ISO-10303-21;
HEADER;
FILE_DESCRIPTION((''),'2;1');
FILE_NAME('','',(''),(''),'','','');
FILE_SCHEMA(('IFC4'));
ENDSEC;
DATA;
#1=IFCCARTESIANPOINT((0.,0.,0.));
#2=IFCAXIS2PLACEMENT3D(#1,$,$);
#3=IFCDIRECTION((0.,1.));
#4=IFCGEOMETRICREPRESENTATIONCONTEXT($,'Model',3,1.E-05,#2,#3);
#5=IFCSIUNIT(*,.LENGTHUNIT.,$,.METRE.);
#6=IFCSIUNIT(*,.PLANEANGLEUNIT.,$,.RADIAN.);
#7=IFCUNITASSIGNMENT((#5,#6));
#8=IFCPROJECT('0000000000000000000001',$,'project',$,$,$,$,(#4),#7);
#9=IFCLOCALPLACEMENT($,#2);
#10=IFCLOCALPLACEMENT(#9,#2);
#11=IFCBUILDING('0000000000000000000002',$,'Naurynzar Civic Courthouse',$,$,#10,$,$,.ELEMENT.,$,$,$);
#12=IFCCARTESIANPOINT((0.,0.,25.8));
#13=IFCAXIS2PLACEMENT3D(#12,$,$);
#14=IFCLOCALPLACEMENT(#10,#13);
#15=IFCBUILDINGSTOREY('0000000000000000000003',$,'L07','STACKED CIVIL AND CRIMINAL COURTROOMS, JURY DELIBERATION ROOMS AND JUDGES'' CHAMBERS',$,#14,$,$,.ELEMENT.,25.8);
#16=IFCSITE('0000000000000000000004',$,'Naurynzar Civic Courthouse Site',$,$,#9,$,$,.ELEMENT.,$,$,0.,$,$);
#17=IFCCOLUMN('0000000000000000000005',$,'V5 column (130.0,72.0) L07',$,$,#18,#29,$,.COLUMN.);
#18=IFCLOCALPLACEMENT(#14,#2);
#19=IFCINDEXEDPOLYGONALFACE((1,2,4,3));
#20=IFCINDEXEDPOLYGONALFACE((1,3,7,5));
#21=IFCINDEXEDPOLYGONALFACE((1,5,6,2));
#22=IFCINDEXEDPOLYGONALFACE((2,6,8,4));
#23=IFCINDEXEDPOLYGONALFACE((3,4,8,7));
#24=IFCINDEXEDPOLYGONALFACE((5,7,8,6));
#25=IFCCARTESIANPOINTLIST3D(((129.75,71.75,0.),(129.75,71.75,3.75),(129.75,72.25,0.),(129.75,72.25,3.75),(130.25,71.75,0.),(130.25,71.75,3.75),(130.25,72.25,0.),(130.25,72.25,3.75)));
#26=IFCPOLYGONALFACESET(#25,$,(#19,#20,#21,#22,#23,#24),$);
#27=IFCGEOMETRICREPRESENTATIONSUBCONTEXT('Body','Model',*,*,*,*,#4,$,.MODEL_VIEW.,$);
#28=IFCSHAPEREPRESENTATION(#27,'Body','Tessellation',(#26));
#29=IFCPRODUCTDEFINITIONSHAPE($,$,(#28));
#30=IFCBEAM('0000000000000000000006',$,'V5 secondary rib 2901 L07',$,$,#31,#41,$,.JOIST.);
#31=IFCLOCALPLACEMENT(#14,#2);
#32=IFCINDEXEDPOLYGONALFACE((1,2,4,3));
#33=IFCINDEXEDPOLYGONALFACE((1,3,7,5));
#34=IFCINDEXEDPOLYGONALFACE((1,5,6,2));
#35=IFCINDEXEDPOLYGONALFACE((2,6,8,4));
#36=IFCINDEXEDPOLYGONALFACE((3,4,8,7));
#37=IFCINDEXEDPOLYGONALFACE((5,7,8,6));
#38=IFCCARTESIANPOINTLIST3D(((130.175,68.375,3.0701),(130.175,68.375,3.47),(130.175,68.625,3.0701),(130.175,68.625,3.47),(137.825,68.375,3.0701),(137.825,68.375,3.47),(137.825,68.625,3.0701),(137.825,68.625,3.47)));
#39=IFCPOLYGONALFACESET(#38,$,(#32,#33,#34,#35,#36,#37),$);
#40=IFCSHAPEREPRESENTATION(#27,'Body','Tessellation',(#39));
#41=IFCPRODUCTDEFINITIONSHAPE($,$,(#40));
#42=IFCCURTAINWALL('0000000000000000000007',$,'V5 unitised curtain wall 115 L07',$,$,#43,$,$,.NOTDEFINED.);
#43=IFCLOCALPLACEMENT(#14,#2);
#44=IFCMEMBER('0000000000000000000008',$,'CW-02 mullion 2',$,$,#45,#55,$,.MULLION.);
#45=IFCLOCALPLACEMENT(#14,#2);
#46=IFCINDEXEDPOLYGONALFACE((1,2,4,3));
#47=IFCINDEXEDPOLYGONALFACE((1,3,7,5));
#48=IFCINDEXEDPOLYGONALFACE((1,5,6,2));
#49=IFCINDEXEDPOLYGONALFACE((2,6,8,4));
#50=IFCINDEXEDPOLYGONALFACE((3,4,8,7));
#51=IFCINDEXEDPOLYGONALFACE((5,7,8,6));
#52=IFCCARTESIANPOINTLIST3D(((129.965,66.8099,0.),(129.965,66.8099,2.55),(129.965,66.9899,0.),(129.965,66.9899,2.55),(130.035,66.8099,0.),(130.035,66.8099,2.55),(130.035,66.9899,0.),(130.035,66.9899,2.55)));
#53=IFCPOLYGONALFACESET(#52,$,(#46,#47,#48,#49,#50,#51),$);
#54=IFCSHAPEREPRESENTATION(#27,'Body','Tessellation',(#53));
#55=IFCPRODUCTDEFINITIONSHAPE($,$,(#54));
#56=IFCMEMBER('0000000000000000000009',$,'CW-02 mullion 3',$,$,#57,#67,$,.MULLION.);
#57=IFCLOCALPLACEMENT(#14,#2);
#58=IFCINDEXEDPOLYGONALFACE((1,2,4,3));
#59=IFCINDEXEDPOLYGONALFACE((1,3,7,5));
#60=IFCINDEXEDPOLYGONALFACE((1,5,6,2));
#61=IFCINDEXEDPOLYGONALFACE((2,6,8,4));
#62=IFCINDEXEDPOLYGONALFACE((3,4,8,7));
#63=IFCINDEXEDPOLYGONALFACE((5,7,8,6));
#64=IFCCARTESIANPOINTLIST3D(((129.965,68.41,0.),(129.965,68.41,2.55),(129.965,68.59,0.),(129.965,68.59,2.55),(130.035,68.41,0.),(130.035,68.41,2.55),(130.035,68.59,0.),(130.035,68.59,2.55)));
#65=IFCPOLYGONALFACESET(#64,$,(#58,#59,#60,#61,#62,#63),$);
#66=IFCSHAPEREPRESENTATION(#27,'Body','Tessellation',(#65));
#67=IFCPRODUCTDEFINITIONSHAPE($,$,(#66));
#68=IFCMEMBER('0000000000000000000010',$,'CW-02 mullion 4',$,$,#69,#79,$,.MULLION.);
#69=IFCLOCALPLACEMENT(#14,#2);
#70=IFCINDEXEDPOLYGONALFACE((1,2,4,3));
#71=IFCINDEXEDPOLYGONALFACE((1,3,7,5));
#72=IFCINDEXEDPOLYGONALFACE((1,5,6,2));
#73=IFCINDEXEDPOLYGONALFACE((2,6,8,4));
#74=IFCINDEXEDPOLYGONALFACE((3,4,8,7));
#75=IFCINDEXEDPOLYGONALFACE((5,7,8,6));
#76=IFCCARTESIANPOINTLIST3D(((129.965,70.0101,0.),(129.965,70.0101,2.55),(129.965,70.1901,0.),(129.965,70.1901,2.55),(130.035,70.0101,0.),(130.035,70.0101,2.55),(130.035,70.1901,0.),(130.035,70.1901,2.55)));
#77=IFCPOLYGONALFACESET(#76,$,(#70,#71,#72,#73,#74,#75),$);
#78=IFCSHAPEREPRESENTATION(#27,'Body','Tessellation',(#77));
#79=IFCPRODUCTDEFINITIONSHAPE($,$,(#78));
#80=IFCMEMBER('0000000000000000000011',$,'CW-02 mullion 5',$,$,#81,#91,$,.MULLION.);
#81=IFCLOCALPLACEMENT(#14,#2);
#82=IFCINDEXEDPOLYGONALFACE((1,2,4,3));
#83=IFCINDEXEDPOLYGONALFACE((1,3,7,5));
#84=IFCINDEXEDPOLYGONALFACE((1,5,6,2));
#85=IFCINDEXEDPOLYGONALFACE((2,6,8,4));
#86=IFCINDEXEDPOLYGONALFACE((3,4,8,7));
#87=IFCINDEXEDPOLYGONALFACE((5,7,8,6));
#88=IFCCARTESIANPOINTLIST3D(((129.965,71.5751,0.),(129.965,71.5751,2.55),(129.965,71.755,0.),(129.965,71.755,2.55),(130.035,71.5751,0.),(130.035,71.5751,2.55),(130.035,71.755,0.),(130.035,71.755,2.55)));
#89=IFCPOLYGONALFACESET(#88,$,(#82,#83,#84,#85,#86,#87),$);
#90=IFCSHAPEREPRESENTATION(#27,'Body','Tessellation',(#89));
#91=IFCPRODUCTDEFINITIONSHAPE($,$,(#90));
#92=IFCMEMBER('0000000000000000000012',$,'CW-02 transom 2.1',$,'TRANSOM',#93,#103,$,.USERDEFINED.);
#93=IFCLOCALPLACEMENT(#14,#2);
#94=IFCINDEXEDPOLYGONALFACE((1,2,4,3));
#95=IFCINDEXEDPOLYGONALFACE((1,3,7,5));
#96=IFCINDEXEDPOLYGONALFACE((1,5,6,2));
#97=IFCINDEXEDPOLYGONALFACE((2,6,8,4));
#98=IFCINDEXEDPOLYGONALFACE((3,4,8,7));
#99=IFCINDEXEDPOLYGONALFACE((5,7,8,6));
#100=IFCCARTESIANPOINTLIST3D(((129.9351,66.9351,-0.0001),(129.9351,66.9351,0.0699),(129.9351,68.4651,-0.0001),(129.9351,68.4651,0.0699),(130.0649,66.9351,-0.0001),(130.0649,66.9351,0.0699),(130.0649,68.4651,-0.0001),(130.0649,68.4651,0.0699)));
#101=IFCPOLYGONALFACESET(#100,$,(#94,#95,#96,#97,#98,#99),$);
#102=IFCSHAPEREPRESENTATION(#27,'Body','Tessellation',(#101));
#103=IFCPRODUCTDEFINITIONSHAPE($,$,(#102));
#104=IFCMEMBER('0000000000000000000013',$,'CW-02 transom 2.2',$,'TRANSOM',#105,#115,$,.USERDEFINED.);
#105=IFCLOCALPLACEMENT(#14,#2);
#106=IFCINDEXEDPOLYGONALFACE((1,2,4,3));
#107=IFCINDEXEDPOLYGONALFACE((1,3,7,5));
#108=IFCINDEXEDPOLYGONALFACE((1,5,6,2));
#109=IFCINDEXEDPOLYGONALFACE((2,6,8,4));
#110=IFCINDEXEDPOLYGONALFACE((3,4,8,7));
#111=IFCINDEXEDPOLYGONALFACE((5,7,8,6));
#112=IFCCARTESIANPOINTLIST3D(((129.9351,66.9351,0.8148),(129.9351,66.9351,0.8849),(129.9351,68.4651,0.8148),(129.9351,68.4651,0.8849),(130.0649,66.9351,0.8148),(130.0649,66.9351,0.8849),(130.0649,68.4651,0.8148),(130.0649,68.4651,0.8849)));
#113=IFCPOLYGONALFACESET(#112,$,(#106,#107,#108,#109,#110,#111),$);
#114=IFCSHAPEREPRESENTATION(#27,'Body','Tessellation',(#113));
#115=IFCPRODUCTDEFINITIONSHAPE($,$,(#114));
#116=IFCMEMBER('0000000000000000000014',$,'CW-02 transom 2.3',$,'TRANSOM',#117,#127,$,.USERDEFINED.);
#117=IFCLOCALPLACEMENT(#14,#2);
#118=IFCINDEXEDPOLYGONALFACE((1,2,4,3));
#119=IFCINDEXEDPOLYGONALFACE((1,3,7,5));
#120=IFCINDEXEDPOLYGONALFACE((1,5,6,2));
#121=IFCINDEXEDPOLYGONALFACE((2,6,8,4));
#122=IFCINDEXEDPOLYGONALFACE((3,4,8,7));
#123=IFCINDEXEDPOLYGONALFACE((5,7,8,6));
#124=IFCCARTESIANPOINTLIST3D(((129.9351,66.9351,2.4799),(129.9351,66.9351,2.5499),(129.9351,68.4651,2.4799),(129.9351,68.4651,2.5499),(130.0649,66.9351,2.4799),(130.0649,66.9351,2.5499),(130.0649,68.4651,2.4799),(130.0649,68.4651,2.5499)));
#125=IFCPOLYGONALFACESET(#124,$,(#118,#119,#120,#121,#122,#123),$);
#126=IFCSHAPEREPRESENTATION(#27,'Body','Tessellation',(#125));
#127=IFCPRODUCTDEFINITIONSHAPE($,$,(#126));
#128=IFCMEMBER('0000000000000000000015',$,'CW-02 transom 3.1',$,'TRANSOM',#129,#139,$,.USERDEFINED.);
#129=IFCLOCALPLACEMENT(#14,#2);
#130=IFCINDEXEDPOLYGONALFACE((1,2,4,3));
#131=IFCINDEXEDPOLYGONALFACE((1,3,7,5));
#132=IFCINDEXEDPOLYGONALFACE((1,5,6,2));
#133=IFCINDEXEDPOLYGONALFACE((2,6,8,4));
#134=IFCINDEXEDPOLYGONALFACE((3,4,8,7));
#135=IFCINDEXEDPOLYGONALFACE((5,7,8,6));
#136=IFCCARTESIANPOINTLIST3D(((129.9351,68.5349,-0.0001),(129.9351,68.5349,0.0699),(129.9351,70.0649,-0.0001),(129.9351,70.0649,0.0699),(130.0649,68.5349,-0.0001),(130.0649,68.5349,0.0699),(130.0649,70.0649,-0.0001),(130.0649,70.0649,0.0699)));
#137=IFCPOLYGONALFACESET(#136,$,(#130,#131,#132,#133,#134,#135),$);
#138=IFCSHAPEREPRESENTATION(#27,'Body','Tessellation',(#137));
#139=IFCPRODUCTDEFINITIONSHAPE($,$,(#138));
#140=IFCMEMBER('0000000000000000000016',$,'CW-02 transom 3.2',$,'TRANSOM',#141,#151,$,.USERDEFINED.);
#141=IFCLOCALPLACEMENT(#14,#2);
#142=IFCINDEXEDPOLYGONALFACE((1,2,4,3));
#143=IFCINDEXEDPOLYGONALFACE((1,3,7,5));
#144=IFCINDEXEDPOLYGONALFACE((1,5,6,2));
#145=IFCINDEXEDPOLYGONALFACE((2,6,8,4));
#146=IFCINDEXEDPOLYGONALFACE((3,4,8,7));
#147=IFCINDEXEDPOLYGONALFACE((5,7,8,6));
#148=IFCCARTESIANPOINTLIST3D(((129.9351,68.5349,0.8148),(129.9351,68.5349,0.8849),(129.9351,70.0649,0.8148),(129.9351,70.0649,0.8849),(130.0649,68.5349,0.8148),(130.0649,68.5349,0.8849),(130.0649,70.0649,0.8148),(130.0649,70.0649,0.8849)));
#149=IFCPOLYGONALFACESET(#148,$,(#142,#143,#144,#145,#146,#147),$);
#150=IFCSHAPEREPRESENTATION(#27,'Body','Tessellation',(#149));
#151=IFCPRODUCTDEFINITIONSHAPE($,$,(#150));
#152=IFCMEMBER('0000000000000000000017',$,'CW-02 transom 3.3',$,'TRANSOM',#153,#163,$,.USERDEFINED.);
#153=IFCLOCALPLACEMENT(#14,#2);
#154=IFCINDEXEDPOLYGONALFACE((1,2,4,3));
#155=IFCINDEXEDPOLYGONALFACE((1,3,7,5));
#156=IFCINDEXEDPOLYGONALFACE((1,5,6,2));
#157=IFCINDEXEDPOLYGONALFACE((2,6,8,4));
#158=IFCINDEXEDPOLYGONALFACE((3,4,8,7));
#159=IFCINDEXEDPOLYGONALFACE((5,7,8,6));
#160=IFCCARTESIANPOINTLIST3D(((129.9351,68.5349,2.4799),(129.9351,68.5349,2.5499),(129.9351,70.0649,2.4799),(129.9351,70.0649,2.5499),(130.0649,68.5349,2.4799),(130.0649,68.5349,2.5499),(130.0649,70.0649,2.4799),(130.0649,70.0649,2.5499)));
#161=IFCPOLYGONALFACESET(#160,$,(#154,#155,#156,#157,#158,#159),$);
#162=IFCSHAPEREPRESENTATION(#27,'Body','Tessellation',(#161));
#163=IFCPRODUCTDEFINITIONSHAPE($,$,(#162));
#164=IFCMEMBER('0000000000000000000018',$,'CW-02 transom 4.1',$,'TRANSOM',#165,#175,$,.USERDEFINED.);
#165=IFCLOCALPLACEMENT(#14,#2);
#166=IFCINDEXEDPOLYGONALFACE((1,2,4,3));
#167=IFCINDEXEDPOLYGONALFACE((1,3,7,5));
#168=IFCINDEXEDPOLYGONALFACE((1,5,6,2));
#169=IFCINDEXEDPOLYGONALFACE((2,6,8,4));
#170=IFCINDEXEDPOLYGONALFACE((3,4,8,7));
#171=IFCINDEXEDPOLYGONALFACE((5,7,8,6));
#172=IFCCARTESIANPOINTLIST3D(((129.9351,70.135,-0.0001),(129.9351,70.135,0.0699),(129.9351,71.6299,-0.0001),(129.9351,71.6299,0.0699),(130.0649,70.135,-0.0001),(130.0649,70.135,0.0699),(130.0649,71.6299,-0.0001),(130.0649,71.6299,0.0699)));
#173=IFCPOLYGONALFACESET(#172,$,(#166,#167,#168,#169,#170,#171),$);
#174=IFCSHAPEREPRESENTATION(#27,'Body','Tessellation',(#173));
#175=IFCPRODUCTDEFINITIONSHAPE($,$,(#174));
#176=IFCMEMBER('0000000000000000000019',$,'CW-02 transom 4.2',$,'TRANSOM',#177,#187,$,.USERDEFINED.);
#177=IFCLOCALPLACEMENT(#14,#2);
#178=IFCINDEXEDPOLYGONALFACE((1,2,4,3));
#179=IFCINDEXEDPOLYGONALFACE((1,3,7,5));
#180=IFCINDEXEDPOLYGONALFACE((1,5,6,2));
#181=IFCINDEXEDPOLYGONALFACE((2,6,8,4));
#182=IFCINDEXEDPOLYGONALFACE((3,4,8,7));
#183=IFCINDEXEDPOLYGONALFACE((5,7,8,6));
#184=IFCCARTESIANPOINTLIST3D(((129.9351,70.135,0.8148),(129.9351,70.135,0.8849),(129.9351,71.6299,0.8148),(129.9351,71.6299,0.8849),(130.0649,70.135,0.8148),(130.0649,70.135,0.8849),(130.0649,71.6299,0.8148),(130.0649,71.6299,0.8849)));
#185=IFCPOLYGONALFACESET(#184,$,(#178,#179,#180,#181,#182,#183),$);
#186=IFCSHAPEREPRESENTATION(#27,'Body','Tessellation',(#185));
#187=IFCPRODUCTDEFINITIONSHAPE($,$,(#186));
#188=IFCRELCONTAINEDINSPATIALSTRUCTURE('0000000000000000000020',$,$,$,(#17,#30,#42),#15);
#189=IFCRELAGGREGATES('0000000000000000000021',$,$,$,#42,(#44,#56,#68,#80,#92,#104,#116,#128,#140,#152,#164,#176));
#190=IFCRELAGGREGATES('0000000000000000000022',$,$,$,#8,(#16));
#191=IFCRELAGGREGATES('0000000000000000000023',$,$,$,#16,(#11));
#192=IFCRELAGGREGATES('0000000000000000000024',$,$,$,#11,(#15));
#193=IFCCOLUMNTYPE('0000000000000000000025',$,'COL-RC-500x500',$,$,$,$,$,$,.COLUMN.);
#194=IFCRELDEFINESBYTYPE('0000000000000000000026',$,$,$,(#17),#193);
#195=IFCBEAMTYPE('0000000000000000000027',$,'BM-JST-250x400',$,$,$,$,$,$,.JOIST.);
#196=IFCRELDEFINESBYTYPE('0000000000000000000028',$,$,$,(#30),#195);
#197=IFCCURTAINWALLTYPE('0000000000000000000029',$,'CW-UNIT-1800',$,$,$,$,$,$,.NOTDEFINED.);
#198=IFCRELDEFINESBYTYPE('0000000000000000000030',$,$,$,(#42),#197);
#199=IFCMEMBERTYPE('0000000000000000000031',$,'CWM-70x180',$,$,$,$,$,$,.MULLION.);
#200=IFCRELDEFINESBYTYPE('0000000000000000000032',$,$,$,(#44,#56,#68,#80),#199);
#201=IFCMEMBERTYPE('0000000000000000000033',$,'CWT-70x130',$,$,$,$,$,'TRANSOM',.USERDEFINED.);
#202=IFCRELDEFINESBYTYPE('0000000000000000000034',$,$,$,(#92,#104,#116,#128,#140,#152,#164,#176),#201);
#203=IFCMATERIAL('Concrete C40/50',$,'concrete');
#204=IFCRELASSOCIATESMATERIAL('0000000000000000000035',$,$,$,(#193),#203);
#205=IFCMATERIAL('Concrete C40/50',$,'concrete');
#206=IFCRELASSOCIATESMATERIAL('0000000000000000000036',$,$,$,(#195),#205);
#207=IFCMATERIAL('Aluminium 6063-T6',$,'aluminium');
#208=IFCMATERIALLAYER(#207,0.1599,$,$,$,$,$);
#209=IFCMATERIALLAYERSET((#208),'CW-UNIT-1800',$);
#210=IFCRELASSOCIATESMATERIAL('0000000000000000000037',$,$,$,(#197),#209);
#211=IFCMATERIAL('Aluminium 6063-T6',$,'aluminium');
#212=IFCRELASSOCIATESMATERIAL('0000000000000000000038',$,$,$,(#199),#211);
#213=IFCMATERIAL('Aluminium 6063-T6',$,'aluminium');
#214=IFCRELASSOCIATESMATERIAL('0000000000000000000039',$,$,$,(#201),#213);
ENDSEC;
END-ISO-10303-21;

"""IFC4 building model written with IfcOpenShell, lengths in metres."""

from ifc_helpers import new_model, si_unit, direction, frame, origin, origin_2d, place, context, subcontext, project, spatial, rectangle, extrude, material, layer, layer_set, material_profile, profile_set, type_object, element, aggregate, save


model = new_model("IFC4")

# Units and contexts
model_context = context("Model", 3, precision=1e-05, world=origin(), true_north=direction((0.0, 1.0)))
body_context = subcontext(model_context, "Body", "Model", "MODEL_VIEW")
ifc_project = project(units=[si_unit("LENGTHUNIT", "METRE"), si_unit("PLANEANGLEUNIT", "RADIAN")], contexts=[model_context])

# Site, building, storey
site_placement = place(None, origin())
site = spatial("IfcSite", under=ifc_project, at=site_placement, Name="Naurynzar Civic Courthouse Site", CompositionType="ELEMENT", RefElevation=0.0)
building_placement = place(site_placement, origin())
building = spatial("IfcBuilding", under=site, at=building_placement, Name="Naurynzar Civic Courthouse", CompositionType="ELEMENT")
storey_placement = place(building_placement, frame((0.0, 0.0, 25.8)))
storey = spatial("IfcBuildingStorey", under=building, at=storey_placement, Name="L07", Description="STACKED CIVIL AND CRIMINAL COURTROOMS, JURY DELIBERATION ROOMS AND JUDGES' CHAMBERS", CompositionType="ELEMENT", Elevation=25.8)

# Column
ifc_material_1 = material(Name="Concrete C40/50", Category="concrete")
ifc_material_profile_1 = material_profile(ifc_material_1, rectangle(XDim=0.5, YDim=0.5, at=origin_2d()), Name="RC 500x500")
ifc_profile_set_1 = profile_set([ifc_material_profile_1], Name="Concrete C40/50")
column_type = type_object("IfcColumnType", Name="COL-RC-500x500", PredefinedType="COLUMN", material=ifc_profile_set_1)
column_placement = place(storey_placement, frame((130.0, 72.0, 0.0), z_axis=(0.0, 0.0, 1.0), x_axis=(1.0, 0.0, 0.0)))
element("IfcColumn", 1, at=column_placement, inside=storey, type_object=column_type, Name="V5 column (130.0,72.0) L07", PredefinedType="COLUMN", context=body_context, shape_type="SweptSolid", body=[
    extrude(rectangle(XDim=0.5, YDim=0.5, at=origin_2d()), origin(), (0.0, 0.0, 1.0), 3.75),
])

# Beam
ifc_material_2 = material(Name="Concrete C40/50", Category="concrete")
ifc_material_profile_2 = material_profile(ifc_material_2, rectangle(XDim=0.25, YDim=0.3999, at=origin_2d()), Name="RCB 250x400")
ifc_profile_set_2 = profile_set([ifc_material_profile_2], Name="Concrete C40/50")
beam_type = type_object("IfcBeamType", Name="BM-JST-250x400", PredefinedType="JOIST", material=ifc_profile_set_2)
beam_placement = place(storey_placement, frame((130.175, 68.5, 3.27), z_axis=(1.0, 0.0, 0.0), x_axis=(0.0, 1.0, 0.0)))
element("IfcBeam", 2, at=beam_placement, inside=storey, type_object=beam_type, Name="V5 secondary rib 2901 L07", PredefinedType="JOIST", context=body_context, shape_type="SweptSolid", body=[
    extrude(rectangle(XDim=0.25, YDim=0.3999, at=origin_2d()), origin(), (0.0, 0.0, 1.0), 7.6499),
])

# Curtain wall, members
ifc_material_3 = material(Name="Aluminium 6063-T6", Category="aluminium")
ifc_layer_1 = layer(ifc_material_3, 0.1599)
ifc_layer_set_1 = layer_set([ifc_layer_1], Name="CW-UNIT-1800")
curtain_wall_type = type_object("IfcCurtainWallType", Name="CW-UNIT-1800", PredefinedType="NOTDEFINED", material=ifc_layer_set_1)
curtain_wall_placement = place(storey_placement, origin())
curtain_wall = element("IfcCurtainWall", 3, at=curtain_wall_placement, inside=storey, type_object=curtain_wall_type, Name="V5 unitised curtain wall 115 L07", PredefinedType="NOTDEFINED")
ifc_material_4 = material(Name="Aluminium 6063-T6", Category="aluminium")
ifc_material_profile_3 = material_profile(ifc_material_4, rectangle(XDim=0.0701, YDim=0.1799, at=origin_2d()), Name="ALU MULLION 70x180")
ifc_profile_set_3 = profile_set([ifc_material_profile_3], Name="Aluminium 6063-T6")
member_type_1 = type_object("IfcMemberType", Name="CWM-70x180", PredefinedType="MULLION", material=ifc_profile_set_3)
member_1_placement = place(storey_placement, frame((130.0, 66.8999, 0.0), z_axis=(0.0, 0.0, 1.0), x_axis=(-1.0, 0.0, 0.0)))
member_1 = element("IfcMember", 4, at=member_1_placement, type_object=member_type_1, Name="CW-02 mullion 2", PredefinedType="MULLION", context=body_context, shape_type="SweptSolid", body=[
    extrude(rectangle(XDim=0.0701, YDim=0.1799, at=origin_2d()), origin(), (0.0, 0.0, 1.0), 2.55),
])
member_2_placement = place(storey_placement, frame((130.0, 68.5, 0.0), z_axis=(0.0, 0.0, 1.0), x_axis=(-1.0, 0.0, 0.0)))
member_2 = element("IfcMember", 5, at=member_2_placement, type_object=member_type_1, Name="CW-02 mullion 3", PredefinedType="MULLION", context=body_context, shape_type="SweptSolid", body=[
    extrude(rectangle(XDim=0.0701, YDim=0.1799, at=origin_2d()), origin(), (0.0, 0.0, 1.0), 2.55),
])
member_3_placement = place(storey_placement, frame((130.0, 70.1001, 0.0), z_axis=(0.0, 0.0, 1.0), x_axis=(-1.0, 0.0, 0.0)))
member_3 = element("IfcMember", 6, at=member_3_placement, type_object=member_type_1, Name="CW-02 mullion 4", PredefinedType="MULLION", context=body_context, shape_type="SweptSolid", body=[
    extrude(rectangle(XDim=0.0701, YDim=0.1799, at=origin_2d()), origin(), (0.0, 0.0, 1.0), 2.55),
])
member_4_placement = place(storey_placement, frame((130.0, 71.665, 0.0), z_axis=(0.0, 0.0, 1.0), x_axis=(-1.0, 0.0, 0.0)))
member_4 = element("IfcMember", 7, at=member_4_placement, type_object=member_type_1, Name="CW-02 mullion 5", PredefinedType="MULLION", context=body_context, shape_type="SweptSolid", body=[
    extrude(rectangle(XDim=0.0701, YDim=0.1799, at=origin_2d()), origin(), (0.0, 0.0, 1.0), 2.55),
])
ifc_material_5 = material(Name="Aluminium 6063-T6", Category="aluminium")
ifc_material_profile_4 = material_profile(ifc_material_5, rectangle(XDim=0.1299, YDim=0.0701, at=origin_2d()), Name="ALU TRANSOM 70x130")
ifc_profile_set_4 = profile_set([ifc_material_profile_4], Name="Aluminium 6063-T6")
member_type_2 = type_object("IfcMemberType", Name="CWT-70x130", ElementType="TRANSOM", PredefinedType="USERDEFINED", material=ifc_profile_set_4)
member_5_placement = place(storey_placement, frame((130.0, 66.9351, 0.0349), z_axis=(0.0, 1.0, 0.0), x_axis=(-1.0, 0.0, 0.0)))
member_5 = element("IfcMember", 8, at=member_5_placement, type_object=member_type_2, Name="CW-02 transom 2.1", ObjectType="TRANSOM", PredefinedType="USERDEFINED", context=body_context, shape_type="SweptSolid", body=[
    extrude(rectangle(XDim=0.1299, YDim=0.0701, at=origin_2d()), origin(), (0.0, 0.0, 1.0), 1.53),
])
member_6_placement = place(storey_placement, frame((130.0, 66.9351, 0.8499), z_axis=(0.0, 1.0, 0.0), x_axis=(-1.0, 0.0, 0.0)))
member_6 = element("IfcMember", 9, at=member_6_placement, type_object=member_type_2, Name="CW-02 transom 2.2", ObjectType="TRANSOM", PredefinedType="USERDEFINED", context=body_context, shape_type="SweptSolid", body=[
    extrude(rectangle(XDim=0.1299, YDim=0.0701, at=origin_2d()), origin(), (0.0, 0.0, 1.0), 1.53),
])
member_7_placement = place(storey_placement, frame((130.0, 66.9351, 2.5149), z_axis=(0.0, 1.0, 0.0), x_axis=(-1.0, 0.0, 0.0)))
member_7 = element("IfcMember", 10, at=member_7_placement, type_object=member_type_2, Name="CW-02 transom 2.3", ObjectType="TRANSOM", PredefinedType="USERDEFINED", context=body_context, shape_type="SweptSolid", body=[
    extrude(rectangle(XDim=0.1299, YDim=0.0701, at=origin_2d()), origin(), (0.0, 0.0, 1.0), 1.53),
])
member_8_placement = place(storey_placement, frame((130.0, 68.5349, 0.0349), z_axis=(0.0, 1.0, 0.0), x_axis=(-1.0, 0.0, 0.0)))
member_8 = element("IfcMember", 11, at=member_8_placement, type_object=member_type_2, Name="CW-02 transom 3.1", ObjectType="TRANSOM", PredefinedType="USERDEFINED", context=body_context, shape_type="SweptSolid", body=[
    extrude(rectangle(XDim=0.1299, YDim=0.0701, at=origin_2d()), origin(), (0.0, 0.0, 1.0), 1.53),
])
member_9_placement = place(storey_placement, frame((130.0, 68.5349, 0.8499), z_axis=(0.0, 1.0, 0.0), x_axis=(-1.0, 0.0, 0.0)))
member_9 = element("IfcMember", 12, at=member_9_placement, type_object=member_type_2, Name="CW-02 transom 3.2", ObjectType="TRANSOM", PredefinedType="USERDEFINED", context=body_context, shape_type="SweptSolid", body=[
    extrude(rectangle(XDim=0.1299, YDim=0.0701, at=origin_2d()), origin(), (0.0, 0.0, 1.0), 1.53),
])
member_10_placement = place(storey_placement, frame((130.0, 68.5349, 2.5149), z_axis=(0.0, 1.0, 0.0), x_axis=(-1.0, 0.0, 0.0)))
member_10 = element("IfcMember", 13, at=member_10_placement, type_object=member_type_2, Name="CW-02 transom 3.3", ObjectType="TRANSOM", PredefinedType="USERDEFINED", context=body_context, shape_type="SweptSolid", body=[
    extrude(rectangle(XDim=0.1299, YDim=0.0701, at=origin_2d()), origin(), (0.0, 0.0, 1.0), 1.53),
])
member_11_placement = place(storey_placement, frame((130.0, 70.135, 0.0349), z_axis=(0.0, 1.0, 0.0), x_axis=(-1.0, 0.0, 0.0)))
member_11 = element("IfcMember", 14, at=member_11_placement, type_object=member_type_2, Name="CW-02 transom 4.1", ObjectType="TRANSOM", PredefinedType="USERDEFINED", context=body_context, shape_type="SweptSolid", body=[
    extrude(rectangle(XDim=0.1299, YDim=0.0701, at=origin_2d()), origin(), (0.0, 0.0, 1.0), 1.4949),
])
member_12_placement = place(storey_placement, frame((130.0, 70.135, 0.8499), z_axis=(0.0, 1.0, 0.0), x_axis=(-1.0, 0.0, 0.0)))
member_12 = element("IfcMember", 15, at=member_12_placement, type_object=member_type_2, Name="CW-02 transom 4.2", ObjectType="TRANSOM", PredefinedType="USERDEFINED", context=body_context, shape_type="SweptSolid", body=[
    extrude(rectangle(XDim=0.1299, YDim=0.0701, at=origin_2d()), origin(), (0.0, 0.0, 1.0), 1.4949),
])
aggregate(curtain_wall, [member_1, member_2, member_3, member_4, member_5, member_6, member_7, member_8, member_9, member_10, member_11, member_12])

save(model, "model.ifc")
